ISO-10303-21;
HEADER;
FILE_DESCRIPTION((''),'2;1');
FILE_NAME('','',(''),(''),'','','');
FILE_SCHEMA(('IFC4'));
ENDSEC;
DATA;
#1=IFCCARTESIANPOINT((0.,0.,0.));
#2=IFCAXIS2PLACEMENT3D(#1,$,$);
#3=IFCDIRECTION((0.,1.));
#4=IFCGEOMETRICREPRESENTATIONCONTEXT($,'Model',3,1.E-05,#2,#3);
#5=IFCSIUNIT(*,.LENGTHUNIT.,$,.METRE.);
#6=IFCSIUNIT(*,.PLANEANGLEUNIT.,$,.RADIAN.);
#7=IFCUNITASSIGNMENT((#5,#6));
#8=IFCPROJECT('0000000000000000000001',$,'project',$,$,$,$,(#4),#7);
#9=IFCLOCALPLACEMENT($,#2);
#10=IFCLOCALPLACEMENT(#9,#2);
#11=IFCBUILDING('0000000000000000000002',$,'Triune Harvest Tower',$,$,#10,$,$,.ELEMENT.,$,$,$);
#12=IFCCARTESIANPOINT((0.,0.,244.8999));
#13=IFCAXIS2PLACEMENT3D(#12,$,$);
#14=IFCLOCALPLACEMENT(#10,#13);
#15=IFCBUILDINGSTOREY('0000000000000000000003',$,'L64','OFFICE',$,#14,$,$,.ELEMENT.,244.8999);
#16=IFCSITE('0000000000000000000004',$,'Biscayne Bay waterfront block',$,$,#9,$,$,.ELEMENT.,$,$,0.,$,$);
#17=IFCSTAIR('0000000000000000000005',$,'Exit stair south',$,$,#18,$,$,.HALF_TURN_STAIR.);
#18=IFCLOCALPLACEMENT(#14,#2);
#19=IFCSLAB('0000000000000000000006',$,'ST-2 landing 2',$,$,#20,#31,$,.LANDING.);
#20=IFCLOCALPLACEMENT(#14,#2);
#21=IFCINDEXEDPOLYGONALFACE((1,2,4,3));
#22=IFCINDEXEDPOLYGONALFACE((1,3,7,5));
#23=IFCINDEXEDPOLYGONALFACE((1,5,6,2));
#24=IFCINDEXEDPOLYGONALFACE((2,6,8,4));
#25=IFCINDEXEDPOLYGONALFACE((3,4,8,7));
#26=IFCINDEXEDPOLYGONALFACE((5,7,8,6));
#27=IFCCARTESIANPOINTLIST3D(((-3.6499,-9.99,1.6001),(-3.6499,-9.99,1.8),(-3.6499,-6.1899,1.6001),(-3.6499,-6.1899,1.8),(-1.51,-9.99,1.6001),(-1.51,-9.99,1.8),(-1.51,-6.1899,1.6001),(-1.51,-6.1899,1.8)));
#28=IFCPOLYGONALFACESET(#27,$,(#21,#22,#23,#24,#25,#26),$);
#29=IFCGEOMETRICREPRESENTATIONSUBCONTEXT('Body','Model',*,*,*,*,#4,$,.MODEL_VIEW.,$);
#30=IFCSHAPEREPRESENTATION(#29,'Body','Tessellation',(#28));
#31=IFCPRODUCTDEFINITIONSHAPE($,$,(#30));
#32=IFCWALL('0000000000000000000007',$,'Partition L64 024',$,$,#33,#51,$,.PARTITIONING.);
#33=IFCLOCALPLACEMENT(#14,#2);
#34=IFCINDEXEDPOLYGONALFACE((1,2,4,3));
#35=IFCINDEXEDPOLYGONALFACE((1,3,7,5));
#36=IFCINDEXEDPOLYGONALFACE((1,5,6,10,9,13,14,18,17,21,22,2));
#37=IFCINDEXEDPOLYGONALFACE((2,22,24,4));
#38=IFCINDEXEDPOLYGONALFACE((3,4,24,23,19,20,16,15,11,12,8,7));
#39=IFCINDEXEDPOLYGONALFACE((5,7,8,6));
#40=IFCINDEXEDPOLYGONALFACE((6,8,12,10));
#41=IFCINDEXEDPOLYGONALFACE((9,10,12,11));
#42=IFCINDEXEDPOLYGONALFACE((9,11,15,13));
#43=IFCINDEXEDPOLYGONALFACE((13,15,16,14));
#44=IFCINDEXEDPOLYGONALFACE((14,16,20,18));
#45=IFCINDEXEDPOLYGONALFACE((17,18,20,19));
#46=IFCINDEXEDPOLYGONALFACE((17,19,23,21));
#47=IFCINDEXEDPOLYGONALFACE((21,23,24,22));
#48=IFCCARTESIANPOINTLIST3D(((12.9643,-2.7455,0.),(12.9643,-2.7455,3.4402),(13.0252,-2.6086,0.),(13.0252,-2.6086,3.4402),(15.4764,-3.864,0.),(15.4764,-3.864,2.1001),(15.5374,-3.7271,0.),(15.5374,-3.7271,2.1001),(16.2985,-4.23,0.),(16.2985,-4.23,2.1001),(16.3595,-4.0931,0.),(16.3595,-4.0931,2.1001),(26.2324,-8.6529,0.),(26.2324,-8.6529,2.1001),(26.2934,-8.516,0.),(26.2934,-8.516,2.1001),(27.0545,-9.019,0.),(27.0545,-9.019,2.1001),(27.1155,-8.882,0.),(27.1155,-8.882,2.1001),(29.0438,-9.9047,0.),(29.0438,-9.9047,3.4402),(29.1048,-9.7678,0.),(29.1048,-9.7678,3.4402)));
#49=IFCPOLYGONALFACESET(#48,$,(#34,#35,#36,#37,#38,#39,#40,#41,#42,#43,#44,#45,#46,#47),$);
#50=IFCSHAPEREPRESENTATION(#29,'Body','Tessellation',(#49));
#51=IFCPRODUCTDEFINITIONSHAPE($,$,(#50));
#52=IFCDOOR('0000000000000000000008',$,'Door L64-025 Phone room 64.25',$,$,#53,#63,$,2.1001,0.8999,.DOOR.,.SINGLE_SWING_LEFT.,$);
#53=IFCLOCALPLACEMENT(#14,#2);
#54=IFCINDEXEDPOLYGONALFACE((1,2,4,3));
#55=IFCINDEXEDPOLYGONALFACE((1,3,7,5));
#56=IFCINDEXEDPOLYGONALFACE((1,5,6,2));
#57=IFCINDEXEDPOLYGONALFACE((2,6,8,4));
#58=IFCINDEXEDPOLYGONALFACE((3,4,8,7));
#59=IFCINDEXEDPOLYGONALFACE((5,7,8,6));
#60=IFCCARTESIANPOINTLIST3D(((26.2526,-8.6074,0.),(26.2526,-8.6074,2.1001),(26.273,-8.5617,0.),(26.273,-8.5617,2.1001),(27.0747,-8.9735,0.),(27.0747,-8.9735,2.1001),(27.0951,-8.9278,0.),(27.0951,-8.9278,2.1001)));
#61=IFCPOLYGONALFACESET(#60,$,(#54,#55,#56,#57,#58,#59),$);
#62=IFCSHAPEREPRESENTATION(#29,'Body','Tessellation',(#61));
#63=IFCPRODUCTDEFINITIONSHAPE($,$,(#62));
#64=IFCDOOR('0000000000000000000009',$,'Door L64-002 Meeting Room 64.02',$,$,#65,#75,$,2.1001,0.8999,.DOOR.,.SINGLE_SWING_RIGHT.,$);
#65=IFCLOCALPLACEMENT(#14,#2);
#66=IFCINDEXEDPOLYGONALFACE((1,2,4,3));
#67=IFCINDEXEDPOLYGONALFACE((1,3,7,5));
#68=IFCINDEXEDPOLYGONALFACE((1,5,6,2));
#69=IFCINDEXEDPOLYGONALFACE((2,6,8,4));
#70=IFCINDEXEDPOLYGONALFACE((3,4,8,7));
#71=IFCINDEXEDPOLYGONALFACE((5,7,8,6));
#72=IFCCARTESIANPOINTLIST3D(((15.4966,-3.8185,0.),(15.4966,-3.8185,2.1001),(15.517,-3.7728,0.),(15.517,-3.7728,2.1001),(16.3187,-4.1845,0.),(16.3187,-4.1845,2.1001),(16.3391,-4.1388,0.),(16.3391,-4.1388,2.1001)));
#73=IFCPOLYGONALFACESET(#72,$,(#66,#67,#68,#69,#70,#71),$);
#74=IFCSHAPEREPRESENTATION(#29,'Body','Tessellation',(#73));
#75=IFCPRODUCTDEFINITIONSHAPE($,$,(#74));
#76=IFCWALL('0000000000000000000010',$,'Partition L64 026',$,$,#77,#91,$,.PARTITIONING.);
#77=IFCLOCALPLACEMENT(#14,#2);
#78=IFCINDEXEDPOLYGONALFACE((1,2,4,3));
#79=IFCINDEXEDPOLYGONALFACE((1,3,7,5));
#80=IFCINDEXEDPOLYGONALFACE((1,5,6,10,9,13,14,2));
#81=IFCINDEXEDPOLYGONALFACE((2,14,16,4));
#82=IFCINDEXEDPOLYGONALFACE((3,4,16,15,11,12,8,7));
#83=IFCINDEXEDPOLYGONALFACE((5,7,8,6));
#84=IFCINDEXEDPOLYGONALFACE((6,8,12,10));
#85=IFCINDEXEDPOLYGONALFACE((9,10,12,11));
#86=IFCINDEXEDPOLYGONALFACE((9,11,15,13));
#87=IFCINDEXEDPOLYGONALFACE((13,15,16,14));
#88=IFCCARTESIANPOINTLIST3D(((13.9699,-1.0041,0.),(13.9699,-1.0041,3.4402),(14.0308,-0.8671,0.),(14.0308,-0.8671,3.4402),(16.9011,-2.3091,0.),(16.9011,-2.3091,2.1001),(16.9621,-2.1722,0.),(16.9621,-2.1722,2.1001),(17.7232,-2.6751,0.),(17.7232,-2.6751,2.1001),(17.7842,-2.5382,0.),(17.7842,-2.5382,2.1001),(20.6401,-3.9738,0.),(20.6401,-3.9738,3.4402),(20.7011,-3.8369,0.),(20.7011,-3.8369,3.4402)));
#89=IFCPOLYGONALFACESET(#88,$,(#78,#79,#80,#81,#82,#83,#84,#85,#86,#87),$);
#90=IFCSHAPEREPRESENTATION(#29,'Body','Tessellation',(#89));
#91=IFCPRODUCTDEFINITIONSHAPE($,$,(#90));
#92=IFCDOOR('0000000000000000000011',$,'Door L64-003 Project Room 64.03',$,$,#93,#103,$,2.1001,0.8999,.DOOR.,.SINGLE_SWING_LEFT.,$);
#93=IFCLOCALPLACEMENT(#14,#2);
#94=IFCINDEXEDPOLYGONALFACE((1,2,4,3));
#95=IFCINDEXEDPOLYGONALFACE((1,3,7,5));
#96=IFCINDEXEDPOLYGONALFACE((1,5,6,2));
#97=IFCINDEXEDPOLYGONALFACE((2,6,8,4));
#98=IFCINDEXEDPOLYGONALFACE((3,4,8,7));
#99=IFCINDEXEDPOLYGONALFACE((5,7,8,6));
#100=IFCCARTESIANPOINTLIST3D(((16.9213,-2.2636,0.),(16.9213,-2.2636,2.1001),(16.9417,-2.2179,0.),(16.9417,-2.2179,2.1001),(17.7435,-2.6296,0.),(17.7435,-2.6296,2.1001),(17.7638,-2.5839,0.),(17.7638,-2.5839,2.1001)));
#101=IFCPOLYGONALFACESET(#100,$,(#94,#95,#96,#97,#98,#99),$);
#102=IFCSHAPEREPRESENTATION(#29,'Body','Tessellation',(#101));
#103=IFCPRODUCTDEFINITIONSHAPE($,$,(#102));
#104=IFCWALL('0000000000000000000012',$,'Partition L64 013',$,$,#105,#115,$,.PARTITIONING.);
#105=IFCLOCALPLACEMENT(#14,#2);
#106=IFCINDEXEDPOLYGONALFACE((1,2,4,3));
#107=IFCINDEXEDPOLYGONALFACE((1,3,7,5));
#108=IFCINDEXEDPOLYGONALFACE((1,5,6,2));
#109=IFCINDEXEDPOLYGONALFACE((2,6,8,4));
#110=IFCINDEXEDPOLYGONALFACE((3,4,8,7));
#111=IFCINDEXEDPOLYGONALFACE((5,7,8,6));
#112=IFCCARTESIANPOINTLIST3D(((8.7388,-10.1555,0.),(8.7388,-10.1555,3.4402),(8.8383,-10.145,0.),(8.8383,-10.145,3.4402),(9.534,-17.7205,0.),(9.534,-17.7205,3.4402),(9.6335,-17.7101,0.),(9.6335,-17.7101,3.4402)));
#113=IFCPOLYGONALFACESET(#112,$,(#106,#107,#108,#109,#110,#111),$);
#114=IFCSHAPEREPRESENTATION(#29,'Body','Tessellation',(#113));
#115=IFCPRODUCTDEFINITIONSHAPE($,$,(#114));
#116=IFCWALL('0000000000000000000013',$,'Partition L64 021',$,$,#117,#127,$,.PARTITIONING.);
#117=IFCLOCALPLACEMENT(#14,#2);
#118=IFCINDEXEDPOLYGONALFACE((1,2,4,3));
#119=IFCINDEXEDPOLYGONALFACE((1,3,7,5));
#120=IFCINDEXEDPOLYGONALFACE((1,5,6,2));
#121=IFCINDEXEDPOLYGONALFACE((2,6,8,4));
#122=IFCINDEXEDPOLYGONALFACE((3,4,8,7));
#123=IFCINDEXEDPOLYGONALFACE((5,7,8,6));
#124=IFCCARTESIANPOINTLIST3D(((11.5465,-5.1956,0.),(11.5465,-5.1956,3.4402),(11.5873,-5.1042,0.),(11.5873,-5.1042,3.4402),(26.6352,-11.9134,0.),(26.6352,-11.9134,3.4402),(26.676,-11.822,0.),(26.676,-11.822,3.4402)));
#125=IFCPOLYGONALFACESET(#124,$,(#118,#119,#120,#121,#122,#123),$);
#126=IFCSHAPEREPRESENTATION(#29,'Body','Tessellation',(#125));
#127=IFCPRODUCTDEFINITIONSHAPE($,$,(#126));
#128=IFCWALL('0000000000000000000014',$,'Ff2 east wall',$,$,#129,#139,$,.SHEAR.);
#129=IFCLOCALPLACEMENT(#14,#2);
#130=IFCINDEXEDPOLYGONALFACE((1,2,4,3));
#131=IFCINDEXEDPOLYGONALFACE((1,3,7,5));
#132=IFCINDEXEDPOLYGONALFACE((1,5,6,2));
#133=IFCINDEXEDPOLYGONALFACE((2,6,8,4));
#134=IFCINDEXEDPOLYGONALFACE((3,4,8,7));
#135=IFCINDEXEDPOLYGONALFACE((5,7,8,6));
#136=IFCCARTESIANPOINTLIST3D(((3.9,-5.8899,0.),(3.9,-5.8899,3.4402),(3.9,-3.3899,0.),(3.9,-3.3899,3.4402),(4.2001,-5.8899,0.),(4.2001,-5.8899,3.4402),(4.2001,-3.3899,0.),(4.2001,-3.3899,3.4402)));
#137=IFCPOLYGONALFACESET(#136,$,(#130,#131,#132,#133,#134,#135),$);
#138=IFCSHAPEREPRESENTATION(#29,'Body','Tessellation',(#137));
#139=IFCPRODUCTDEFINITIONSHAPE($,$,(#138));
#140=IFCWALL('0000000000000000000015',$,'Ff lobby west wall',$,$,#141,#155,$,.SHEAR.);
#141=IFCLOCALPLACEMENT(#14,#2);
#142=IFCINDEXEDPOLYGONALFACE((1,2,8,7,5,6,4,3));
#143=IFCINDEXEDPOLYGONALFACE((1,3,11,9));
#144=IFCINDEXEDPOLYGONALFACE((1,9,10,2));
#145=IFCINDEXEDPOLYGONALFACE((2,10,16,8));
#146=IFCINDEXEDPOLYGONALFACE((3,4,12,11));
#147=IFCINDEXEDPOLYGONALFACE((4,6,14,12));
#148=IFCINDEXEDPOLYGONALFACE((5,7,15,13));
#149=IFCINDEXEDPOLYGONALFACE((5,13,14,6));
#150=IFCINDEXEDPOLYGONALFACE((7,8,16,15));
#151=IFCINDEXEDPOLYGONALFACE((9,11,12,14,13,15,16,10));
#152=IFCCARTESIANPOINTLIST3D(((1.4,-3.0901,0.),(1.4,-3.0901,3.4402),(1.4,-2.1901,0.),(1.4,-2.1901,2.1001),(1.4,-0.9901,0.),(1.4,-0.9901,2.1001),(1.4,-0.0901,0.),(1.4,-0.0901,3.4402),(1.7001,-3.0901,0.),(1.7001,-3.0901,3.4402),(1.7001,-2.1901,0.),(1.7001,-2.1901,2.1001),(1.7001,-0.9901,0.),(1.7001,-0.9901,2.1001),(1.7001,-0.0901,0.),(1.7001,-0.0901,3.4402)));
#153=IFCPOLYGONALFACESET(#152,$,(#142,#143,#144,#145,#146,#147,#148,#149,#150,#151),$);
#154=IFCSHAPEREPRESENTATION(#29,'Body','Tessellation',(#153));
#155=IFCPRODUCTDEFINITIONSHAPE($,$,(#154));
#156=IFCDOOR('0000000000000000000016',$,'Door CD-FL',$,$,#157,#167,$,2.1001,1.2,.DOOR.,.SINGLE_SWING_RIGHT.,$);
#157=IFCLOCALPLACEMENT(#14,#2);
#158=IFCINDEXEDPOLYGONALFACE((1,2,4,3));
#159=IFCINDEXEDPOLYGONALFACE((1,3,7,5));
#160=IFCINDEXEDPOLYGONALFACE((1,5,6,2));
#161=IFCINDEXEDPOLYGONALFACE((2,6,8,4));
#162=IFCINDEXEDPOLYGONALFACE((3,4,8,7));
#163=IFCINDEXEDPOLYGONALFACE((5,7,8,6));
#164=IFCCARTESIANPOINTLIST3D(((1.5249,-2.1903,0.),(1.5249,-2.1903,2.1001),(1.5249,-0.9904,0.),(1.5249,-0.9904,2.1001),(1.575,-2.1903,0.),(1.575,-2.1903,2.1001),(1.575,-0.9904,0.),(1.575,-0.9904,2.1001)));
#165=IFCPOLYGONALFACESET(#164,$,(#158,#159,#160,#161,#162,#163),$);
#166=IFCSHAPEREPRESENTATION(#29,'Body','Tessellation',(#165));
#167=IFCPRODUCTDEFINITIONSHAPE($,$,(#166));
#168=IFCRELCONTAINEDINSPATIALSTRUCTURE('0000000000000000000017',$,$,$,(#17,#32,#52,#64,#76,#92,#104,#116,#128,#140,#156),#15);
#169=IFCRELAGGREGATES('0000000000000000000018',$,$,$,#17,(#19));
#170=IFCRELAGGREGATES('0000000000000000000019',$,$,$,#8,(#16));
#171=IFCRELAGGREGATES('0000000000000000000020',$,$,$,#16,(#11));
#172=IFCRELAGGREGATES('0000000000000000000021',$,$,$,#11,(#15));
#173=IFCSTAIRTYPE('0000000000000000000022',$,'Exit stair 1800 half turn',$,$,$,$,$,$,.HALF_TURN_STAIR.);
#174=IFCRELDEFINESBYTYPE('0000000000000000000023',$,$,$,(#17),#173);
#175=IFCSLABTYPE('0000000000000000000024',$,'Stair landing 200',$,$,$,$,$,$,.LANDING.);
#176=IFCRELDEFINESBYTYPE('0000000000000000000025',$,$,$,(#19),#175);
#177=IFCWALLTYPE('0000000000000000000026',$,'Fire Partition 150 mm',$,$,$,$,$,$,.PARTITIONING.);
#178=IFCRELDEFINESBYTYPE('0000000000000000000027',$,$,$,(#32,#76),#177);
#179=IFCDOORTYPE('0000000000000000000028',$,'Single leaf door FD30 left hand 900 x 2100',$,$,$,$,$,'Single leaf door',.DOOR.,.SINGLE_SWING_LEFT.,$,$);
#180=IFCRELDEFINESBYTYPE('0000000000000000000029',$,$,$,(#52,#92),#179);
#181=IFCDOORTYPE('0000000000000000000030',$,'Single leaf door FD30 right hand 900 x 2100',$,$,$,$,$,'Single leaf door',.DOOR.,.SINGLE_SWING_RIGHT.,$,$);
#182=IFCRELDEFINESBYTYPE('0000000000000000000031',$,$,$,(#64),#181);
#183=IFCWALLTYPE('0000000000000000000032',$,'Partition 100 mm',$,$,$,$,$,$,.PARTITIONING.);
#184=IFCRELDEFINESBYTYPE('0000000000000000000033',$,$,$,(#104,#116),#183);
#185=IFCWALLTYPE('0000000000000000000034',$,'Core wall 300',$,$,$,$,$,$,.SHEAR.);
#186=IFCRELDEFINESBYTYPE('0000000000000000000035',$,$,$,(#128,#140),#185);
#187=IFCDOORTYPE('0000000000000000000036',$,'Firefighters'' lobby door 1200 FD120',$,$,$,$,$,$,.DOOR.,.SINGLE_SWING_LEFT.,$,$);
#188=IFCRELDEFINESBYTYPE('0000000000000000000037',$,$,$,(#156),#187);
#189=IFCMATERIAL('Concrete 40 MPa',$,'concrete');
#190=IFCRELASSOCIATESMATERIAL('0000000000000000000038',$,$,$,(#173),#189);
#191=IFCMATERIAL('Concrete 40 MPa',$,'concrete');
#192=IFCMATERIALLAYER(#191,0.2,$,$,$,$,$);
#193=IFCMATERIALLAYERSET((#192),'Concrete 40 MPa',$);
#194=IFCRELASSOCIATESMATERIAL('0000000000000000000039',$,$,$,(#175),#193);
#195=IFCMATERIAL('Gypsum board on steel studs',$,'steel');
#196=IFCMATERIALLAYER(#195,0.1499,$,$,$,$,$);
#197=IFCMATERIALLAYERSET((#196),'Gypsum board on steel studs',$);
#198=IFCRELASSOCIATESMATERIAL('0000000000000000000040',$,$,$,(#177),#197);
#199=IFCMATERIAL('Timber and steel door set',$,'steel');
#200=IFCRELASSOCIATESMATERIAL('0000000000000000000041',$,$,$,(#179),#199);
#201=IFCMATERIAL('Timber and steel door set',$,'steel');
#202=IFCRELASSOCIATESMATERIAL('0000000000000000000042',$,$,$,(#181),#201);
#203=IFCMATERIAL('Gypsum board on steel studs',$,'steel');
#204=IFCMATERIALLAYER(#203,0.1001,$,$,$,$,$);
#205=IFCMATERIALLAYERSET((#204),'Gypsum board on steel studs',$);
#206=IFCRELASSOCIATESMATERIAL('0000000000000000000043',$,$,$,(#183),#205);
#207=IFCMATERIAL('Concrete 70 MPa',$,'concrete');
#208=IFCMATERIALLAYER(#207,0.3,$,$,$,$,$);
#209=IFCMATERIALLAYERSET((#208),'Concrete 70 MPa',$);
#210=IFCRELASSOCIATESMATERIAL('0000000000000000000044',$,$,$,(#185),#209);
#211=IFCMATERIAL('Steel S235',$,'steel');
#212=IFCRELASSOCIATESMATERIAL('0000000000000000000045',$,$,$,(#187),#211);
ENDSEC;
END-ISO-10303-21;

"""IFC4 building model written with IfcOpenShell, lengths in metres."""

from ifc_helpers import new_model, si_unit, direction, frame, frame_2d, origin, place, context, subcontext, project, spatial, polyline, rectangle, outline, extrude, source, transform, mapped, material, layer, layer_set, type_object, element, fill, aggregate, save


model = new_model("IFC4")

# Units and contexts
model_context = context("Model", 3, precision=1e-05, world=origin(), true_north=direction((0.0, 1.0)))
body_context = subcontext(model_context, "Body", "Model", "MODEL_VIEW")
ifc_project = project(units=[si_unit("LENGTHUNIT", "METRE"), si_unit("PLANEANGLEUNIT", "RADIAN")], contexts=[model_context])

# Site, building, storey
site_placement = place(None, origin())
site = spatial("IfcSite", under=ifc_project, at=site_placement, Name="Biscayne Bay waterfront block", CompositionType="ELEMENT", RefElevation=0.0)
building_placement = place(site_placement, origin())
building = spatial("IfcBuilding", under=site, at=building_placement, Name="Triune Harvest Tower", CompositionType="ELEMENT")
storey_placement = place(building_placement, frame((0.0, 0.0, 244.8999)))
storey = spatial("IfcBuildingStorey", under=building, at=storey_placement, Name="L64", Description="OFFICE", CompositionType="ELEMENT", Elevation=244.8999)

# Stair, slab
ifc_material_1 = material(Name="Concrete 40 MPa", Category="concrete")
stair_type = type_object("IfcStairType", Name="Exit stair 1800 half turn", PredefinedType="HALF_TURN_STAIR", material=ifc_material_1)
stair_1_placement = place(storey_placement, origin())
stair_1 = element("IfcStair", 1, at=stair_1_placement, inside=storey, type_object=stair_type, Name="Exit stair south", PredefinedType="HALF_TURN_STAIR")
ifc_material_2 = material(Name="Concrete 40 MPa", Category="concrete")
ifc_layer_1 = layer(ifc_material_2, 0.2)
ifc_layer_set_1 = layer_set([ifc_layer_1], Name="Concrete 40 MPa")
slab_type = type_object("IfcSlabType", Name="Stair landing 200", PredefinedType="LANDING", material=ifc_layer_set_1)
shared_shape_1 = source(origin(), body_context, "Body", "SweptSolid", [
    extrude(outline(polyline([(-1.51, -6.1899), (-3.6499, -6.1899), (-3.6499, -9.99), (-1.51, -9.99), (-1.51, -6.1899)])), origin(), (0.0, 0.0, 1.0), 0.2),
])
slab_placement = place(storey_placement, frame((0.0, 0.0, 1.6001)))
slab = element("IfcSlab", 2, at=slab_placement, type_object=slab_type, Name="ST-2 landing 2", PredefinedType="LANDING", context=body_context, shape_type="MappedRepresentation", body=[
    mapped(shared_shape_1, transform((0.0, 0.0, 0.0), scale=1.0)),
])

# Wall, openings, doors
ifc_material_3 = material(Name="Gypsum board on steel studs", Category="steel")
ifc_layer_2 = layer(ifc_material_3, 0.1499)
ifc_layer_set_2 = layer_set([ifc_layer_2], Name="Gypsum board on steel studs")
wall_type_1 = type_object("IfcWallType", Name="Fire Partition 150 mm", PredefinedType="PARTITIONING", material=ifc_layer_set_2)
wall_1_placement = place(storey_placement, frame((12.9946, -2.677, 0.0), z_axis=(0.0, 0.0, 1.0), x_axis=(0.913544, -0.406741, 0.0)))
wall_1 = element("IfcWall", 3, at=wall_1_placement, inside=storey, type_object=wall_type_1, Name="Partition L64 024", PredefinedType="PARTITIONING", context=body_context, shape_type="SweptSolid", body=[
    extrude(rectangle(XDim=17.6013, YDim=0.1499, at=frame_2d((8.8008, 0.0))), origin(), (0.0, 0.0, 1.0), 3.4402),
])
opening_1_placement = place(wall_1_placement, frame((2.75, 0.0, 0.0)))
opening_1 = element("IfcOpeningElement", 4, at=opening_1_placement, cuts=wall_1, PredefinedType="OPENING", context=body_context, shape_type="SweptSolid", body=[
    extrude(rectangle(XDim=0.8999, YDim=2.1001, at=frame_2d((0.45, 1.05))), frame((0.0, 0.085, 0.0), z_axis=(0.0, -1.0, 0.0), x_axis=(1.0, 0.0, 0.0)), (0.0, 0.0, 1.0), 0.1699),
])
opening_2_placement = place(wall_1_placement, frame((14.5239, 0.0, 0.0)))
opening_2 = element("IfcOpeningElement", 5, at=opening_2_placement, cuts=wall_1, PredefinedType="OPENING", context=body_context, shape_type="SweptSolid", body=[
    extrude(rectangle(XDim=0.8999, YDim=2.1001, at=frame_2d((0.45, 1.05))), frame((0.0, 0.085, 0.0), z_axis=(0.0, -1.0, 0.0), x_axis=(1.0, 0.0, 0.0)), (0.0, 0.0, 1.0), 0.1699),
])
ifc_material_4 = material(Name="Timber and steel door set", Category="steel")
door_type_1 = type_object("IfcDoorType", Name="Single leaf door FD30 left hand 900 x 2100", ElementType="Single leaf door", OperationType="SINGLE_SWING_LEFT", PredefinedType="DOOR", material=ifc_material_4)
door_1_placement = place(opening_2_placement, origin())
door_1 = element("IfcDoor", 6, at=door_1_placement, inside=storey, type_object=door_type_1, Name="Door L64-025 Phone room 64.25", OperationType="SINGLE_SWING_LEFT", OverallHeight=2.1001, OverallWidth=0.8999, PredefinedType="DOOR", context=body_context, shape_type="SweptSolid", body=[
    extrude(rectangle(XDim=0.8999, YDim=2.1001, at=frame_2d((0.45, 1.05))), frame((0.0, 0.0249, 0.0), z_axis=(0.0, -1.0, 0.0), x_axis=(1.0, 0.0, 0.0)), (0.0, 0.0, 1.0), 0.05),
])
fill(opening_2, door_1)
ifc_material_5 = material(Name="Timber and steel door set", Category="steel")
door_type_2 = type_object("IfcDoorType", Name="Single leaf door FD30 right hand 900 x 2100", ElementType="Single leaf door", OperationType="SINGLE_SWING_RIGHT", PredefinedType="DOOR", material=ifc_material_5)
door_2_placement = place(opening_1_placement, origin())
door_2 = element("IfcDoor", 7, at=door_2_placement, inside=storey, type_object=door_type_2, Name="Door L64-002 Meeting Room 64.02", OperationType="SINGLE_SWING_RIGHT", OverallHeight=2.1001, OverallWidth=0.8999, PredefinedType="DOOR", context=body_context, shape_type="SweptSolid", body=[
    extrude(rectangle(XDim=0.8999, YDim=2.1001, at=frame_2d((0.45, 1.05))), frame((0.0, 0.0249, 0.0), z_axis=(0.0, -1.0, 0.0), x_axis=(1.0, 0.0, 0.0)), (0.0, 0.0, 1.0), 0.05),
])
fill(opening_1, door_2)

# Wall, opening, door
wall_2_placement = place(storey_placement, frame((14.0002, -0.9355, 0.0), z_axis=(0.0, 0.0, 1.0), x_axis=(0.913547, -0.406734, 0.0)))
wall_2 = element("IfcWall", 8, at=wall_2_placement, inside=storey, type_object=wall_type_1, Name="Partition L64 026", PredefinedType="PARTITIONING", context=body_context, shape_type="SweptSolid", body=[
    extrude(rectangle(XDim=7.3015, YDim=0.1499, at=frame_2d((3.6509, 0.0))), origin(), (0.0, 0.0, 1.0), 3.4402),
])
opening_3_placement = place(wall_2_placement, frame((3.2087, 0.0, 0.0)))
opening_3 = element("IfcOpeningElement", 9, at=opening_3_placement, cuts=wall_2, PredefinedType="OPENING", context=body_context, shape_type="SweptSolid", body=[
    extrude(rectangle(XDim=0.8999, YDim=2.1001, at=frame_2d((0.45, 1.05))), frame((0.0, 0.085, 0.0), z_axis=(0.0, -1.0, 0.0), x_axis=(1.0, 0.0, 0.0)), (0.0, 0.0, 1.0), 0.1699),
])
door_3_placement = place(opening_3_placement, origin())
door_3 = element("IfcDoor", 10, at=door_3_placement, inside=storey, type_object=door_type_1, Name="Door L64-003 Project Room 64.03", OperationType="SINGLE_SWING_LEFT", OverallHeight=2.1001, OverallWidth=0.8999, PredefinedType="DOOR", context=body_context, shape_type="SweptSolid", body=[
    extrude(rectangle(XDim=0.8999, YDim=2.1001, at=frame_2d((0.45, 1.05))), frame((0.0, 0.0249, 0.0), z_axis=(0.0, -1.0, 0.0), x_axis=(1.0, 0.0, 0.0)), (0.0, 0.0, 1.0), 0.05),
])
fill(opening_3, door_3)

# Walls
ifc_material_6 = material(Name="Gypsum board on steel studs", Category="steel")
ifc_layer_3 = layer(ifc_material_6, 0.1001)
ifc_layer_set_3 = layer_set([ifc_layer_3], Name="Gypsum board on steel studs")
wall_type_2 = type_object("IfcWallType", Name="Partition 100 mm", PredefinedType="PARTITIONING", material=ifc_layer_set_3)
wall_3_placement = place(storey_placement, frame((8.7886, -10.1504, 0.0), z_axis=(0.0, 0.0, 1.0), x_axis=(0.104536, -0.994521, 0.0)))
element("IfcWall", 11, at=wall_3_placement, inside=storey, type_object=wall_type_2, Name="Partition L64 013", PredefinedType="PARTITIONING", context=body_context, shape_type="SweptSolid", body=[
    extrude(rectangle(XDim=7.6067, YDim=0.1001, at=frame_2d((3.8032, 0.0))), origin(), (0.0, 0.0, 1.0), 3.4402),
])
wall_4_placement = place(storey_placement, frame((11.5669, -5.1499, 0.0), z_axis=(0.0, 0.0, 1.0), x_axis=(0.913548, -0.406731, 0.0)))
element("IfcWall", 12, at=wall_4_placement, inside=storey, type_object=wall_type_2, Name="Partition L64 021", PredefinedType="PARTITIONING", context=body_context, shape_type="SweptSolid", body=[
    extrude(rectangle(XDim=16.5166, YDim=0.1001, at=frame_2d((8.2583, 0.0))), origin(), (0.0, 0.0, 1.0), 3.4402),
])
ifc_material_7 = material(Name="Concrete 70 MPa", Category="concrete")
ifc_layer_4 = layer(ifc_material_7, 0.3)
ifc_layer_set_4 = layer_set([ifc_layer_4], Name="Concrete 70 MPa")
wall_type_3 = type_object("IfcWallType", Name="Core wall 300", PredefinedType="SHEAR", material=ifc_layer_set_4)
shared_shape_2 = source(origin(), body_context, "Body", "SweptSolid", [
    extrude(rectangle(XDim=2.5, YDim=0.3, at=frame_2d((1.25, 0.0))), origin(), (0.0, 0.0, 1.0), 3.4402),
])
wall_5_placement = place(storey_placement, frame((4.05, -5.8899, 0.0), z_axis=(0.0, 0.0, 1.0), x_axis=(0.0, 1.0, 0.0)))
element("IfcWall", 13, at=wall_5_placement, inside=storey, type_object=wall_type_3, Name="Ff2 east wall", PredefinedType="SHEAR", context=body_context, shape_type="MappedRepresentation", body=[
    mapped(shared_shape_2, transform((0.0, 0.0, 0.0), scale=1.0)),
])

# Wall, opening, door
shared_shape_3 = source(origin(), body_context, "Body", "SweptSolid", [
    extrude(rectangle(XDim=3.0, YDim=0.3, at=frame_2d((1.5, 0.0))), origin(), (0.0, 0.0, 1.0), 3.4402),
])
wall_6_placement = place(storey_placement, frame((1.55, -3.0901, 0.0), z_axis=(0.0, 0.0, 1.0), x_axis=(0.0, 1.0, 0.0)))
wall_6 = element("IfcWall", 14, at=wall_6_placement, inside=storey, type_object=wall_type_3, Name="Ff lobby west wall", PredefinedType="SHEAR", context=body_context, shape_type="MappedRepresentation", body=[
    mapped(shared_shape_3, transform((0.0, 0.0, 0.0), scale=1.0)),
])
opening_4_placement = place(wall_6_placement, frame((0.8999, 0.0, 0.0)))
opening_4 = element("IfcOpeningElement", 15, at=opening_4_placement, cuts=wall_6, PredefinedType="OPENING", context=body_context, shape_type="SweptSolid", body=[
    extrude(rectangle(XDim=1.2, YDim=2.1001, at=frame_2d((0.6001, 1.05))), frame((0.0, 0.1602, 0.0), z_axis=(0.0, -1.0, 0.0), x_axis=(1.0, 0.0, 0.0)), (0.0, 0.0, 1.0), 0.3201),
])
ifc_material_8 = material(Name="Steel S235", Category="steel")
door_type_3 = type_object("IfcDoorType", Name="Firefighters' lobby door 1200 FD120", OperationType="SINGLE_SWING_LEFT", PredefinedType="DOOR", material=ifc_material_8)
door_4_placement = place(opening_4_placement, frame((1.2, 0.0, 0.0), z_axis=(0.0, 0.0, 1.0), x_axis=(-1.0, 0.0, 0.0)))
door_4 = element("IfcDoor", 16, at=door_4_placement, inside=storey, type_object=door_type_3, Name="Door CD-FL", OperationType="SINGLE_SWING_RIGHT", OverallHeight=2.1001, OverallWidth=1.2, PredefinedType="DOOR", context=body_context, shape_type="SweptSolid", body=[
    extrude(rectangle(XDim=1.2, YDim=2.1001, at=frame_2d((0.6001, 1.05))), frame((0.0, 0.0249, 0.0), z_axis=(0.0, -1.0, 0.0), x_axis=(1.0, 0.0, 0.0)), (0.0, 0.0, 1.0), 0.05),
])
fill(opening_4, door_4)

aggregate(stair_1, [slab])

save(model, "model.ifc")
